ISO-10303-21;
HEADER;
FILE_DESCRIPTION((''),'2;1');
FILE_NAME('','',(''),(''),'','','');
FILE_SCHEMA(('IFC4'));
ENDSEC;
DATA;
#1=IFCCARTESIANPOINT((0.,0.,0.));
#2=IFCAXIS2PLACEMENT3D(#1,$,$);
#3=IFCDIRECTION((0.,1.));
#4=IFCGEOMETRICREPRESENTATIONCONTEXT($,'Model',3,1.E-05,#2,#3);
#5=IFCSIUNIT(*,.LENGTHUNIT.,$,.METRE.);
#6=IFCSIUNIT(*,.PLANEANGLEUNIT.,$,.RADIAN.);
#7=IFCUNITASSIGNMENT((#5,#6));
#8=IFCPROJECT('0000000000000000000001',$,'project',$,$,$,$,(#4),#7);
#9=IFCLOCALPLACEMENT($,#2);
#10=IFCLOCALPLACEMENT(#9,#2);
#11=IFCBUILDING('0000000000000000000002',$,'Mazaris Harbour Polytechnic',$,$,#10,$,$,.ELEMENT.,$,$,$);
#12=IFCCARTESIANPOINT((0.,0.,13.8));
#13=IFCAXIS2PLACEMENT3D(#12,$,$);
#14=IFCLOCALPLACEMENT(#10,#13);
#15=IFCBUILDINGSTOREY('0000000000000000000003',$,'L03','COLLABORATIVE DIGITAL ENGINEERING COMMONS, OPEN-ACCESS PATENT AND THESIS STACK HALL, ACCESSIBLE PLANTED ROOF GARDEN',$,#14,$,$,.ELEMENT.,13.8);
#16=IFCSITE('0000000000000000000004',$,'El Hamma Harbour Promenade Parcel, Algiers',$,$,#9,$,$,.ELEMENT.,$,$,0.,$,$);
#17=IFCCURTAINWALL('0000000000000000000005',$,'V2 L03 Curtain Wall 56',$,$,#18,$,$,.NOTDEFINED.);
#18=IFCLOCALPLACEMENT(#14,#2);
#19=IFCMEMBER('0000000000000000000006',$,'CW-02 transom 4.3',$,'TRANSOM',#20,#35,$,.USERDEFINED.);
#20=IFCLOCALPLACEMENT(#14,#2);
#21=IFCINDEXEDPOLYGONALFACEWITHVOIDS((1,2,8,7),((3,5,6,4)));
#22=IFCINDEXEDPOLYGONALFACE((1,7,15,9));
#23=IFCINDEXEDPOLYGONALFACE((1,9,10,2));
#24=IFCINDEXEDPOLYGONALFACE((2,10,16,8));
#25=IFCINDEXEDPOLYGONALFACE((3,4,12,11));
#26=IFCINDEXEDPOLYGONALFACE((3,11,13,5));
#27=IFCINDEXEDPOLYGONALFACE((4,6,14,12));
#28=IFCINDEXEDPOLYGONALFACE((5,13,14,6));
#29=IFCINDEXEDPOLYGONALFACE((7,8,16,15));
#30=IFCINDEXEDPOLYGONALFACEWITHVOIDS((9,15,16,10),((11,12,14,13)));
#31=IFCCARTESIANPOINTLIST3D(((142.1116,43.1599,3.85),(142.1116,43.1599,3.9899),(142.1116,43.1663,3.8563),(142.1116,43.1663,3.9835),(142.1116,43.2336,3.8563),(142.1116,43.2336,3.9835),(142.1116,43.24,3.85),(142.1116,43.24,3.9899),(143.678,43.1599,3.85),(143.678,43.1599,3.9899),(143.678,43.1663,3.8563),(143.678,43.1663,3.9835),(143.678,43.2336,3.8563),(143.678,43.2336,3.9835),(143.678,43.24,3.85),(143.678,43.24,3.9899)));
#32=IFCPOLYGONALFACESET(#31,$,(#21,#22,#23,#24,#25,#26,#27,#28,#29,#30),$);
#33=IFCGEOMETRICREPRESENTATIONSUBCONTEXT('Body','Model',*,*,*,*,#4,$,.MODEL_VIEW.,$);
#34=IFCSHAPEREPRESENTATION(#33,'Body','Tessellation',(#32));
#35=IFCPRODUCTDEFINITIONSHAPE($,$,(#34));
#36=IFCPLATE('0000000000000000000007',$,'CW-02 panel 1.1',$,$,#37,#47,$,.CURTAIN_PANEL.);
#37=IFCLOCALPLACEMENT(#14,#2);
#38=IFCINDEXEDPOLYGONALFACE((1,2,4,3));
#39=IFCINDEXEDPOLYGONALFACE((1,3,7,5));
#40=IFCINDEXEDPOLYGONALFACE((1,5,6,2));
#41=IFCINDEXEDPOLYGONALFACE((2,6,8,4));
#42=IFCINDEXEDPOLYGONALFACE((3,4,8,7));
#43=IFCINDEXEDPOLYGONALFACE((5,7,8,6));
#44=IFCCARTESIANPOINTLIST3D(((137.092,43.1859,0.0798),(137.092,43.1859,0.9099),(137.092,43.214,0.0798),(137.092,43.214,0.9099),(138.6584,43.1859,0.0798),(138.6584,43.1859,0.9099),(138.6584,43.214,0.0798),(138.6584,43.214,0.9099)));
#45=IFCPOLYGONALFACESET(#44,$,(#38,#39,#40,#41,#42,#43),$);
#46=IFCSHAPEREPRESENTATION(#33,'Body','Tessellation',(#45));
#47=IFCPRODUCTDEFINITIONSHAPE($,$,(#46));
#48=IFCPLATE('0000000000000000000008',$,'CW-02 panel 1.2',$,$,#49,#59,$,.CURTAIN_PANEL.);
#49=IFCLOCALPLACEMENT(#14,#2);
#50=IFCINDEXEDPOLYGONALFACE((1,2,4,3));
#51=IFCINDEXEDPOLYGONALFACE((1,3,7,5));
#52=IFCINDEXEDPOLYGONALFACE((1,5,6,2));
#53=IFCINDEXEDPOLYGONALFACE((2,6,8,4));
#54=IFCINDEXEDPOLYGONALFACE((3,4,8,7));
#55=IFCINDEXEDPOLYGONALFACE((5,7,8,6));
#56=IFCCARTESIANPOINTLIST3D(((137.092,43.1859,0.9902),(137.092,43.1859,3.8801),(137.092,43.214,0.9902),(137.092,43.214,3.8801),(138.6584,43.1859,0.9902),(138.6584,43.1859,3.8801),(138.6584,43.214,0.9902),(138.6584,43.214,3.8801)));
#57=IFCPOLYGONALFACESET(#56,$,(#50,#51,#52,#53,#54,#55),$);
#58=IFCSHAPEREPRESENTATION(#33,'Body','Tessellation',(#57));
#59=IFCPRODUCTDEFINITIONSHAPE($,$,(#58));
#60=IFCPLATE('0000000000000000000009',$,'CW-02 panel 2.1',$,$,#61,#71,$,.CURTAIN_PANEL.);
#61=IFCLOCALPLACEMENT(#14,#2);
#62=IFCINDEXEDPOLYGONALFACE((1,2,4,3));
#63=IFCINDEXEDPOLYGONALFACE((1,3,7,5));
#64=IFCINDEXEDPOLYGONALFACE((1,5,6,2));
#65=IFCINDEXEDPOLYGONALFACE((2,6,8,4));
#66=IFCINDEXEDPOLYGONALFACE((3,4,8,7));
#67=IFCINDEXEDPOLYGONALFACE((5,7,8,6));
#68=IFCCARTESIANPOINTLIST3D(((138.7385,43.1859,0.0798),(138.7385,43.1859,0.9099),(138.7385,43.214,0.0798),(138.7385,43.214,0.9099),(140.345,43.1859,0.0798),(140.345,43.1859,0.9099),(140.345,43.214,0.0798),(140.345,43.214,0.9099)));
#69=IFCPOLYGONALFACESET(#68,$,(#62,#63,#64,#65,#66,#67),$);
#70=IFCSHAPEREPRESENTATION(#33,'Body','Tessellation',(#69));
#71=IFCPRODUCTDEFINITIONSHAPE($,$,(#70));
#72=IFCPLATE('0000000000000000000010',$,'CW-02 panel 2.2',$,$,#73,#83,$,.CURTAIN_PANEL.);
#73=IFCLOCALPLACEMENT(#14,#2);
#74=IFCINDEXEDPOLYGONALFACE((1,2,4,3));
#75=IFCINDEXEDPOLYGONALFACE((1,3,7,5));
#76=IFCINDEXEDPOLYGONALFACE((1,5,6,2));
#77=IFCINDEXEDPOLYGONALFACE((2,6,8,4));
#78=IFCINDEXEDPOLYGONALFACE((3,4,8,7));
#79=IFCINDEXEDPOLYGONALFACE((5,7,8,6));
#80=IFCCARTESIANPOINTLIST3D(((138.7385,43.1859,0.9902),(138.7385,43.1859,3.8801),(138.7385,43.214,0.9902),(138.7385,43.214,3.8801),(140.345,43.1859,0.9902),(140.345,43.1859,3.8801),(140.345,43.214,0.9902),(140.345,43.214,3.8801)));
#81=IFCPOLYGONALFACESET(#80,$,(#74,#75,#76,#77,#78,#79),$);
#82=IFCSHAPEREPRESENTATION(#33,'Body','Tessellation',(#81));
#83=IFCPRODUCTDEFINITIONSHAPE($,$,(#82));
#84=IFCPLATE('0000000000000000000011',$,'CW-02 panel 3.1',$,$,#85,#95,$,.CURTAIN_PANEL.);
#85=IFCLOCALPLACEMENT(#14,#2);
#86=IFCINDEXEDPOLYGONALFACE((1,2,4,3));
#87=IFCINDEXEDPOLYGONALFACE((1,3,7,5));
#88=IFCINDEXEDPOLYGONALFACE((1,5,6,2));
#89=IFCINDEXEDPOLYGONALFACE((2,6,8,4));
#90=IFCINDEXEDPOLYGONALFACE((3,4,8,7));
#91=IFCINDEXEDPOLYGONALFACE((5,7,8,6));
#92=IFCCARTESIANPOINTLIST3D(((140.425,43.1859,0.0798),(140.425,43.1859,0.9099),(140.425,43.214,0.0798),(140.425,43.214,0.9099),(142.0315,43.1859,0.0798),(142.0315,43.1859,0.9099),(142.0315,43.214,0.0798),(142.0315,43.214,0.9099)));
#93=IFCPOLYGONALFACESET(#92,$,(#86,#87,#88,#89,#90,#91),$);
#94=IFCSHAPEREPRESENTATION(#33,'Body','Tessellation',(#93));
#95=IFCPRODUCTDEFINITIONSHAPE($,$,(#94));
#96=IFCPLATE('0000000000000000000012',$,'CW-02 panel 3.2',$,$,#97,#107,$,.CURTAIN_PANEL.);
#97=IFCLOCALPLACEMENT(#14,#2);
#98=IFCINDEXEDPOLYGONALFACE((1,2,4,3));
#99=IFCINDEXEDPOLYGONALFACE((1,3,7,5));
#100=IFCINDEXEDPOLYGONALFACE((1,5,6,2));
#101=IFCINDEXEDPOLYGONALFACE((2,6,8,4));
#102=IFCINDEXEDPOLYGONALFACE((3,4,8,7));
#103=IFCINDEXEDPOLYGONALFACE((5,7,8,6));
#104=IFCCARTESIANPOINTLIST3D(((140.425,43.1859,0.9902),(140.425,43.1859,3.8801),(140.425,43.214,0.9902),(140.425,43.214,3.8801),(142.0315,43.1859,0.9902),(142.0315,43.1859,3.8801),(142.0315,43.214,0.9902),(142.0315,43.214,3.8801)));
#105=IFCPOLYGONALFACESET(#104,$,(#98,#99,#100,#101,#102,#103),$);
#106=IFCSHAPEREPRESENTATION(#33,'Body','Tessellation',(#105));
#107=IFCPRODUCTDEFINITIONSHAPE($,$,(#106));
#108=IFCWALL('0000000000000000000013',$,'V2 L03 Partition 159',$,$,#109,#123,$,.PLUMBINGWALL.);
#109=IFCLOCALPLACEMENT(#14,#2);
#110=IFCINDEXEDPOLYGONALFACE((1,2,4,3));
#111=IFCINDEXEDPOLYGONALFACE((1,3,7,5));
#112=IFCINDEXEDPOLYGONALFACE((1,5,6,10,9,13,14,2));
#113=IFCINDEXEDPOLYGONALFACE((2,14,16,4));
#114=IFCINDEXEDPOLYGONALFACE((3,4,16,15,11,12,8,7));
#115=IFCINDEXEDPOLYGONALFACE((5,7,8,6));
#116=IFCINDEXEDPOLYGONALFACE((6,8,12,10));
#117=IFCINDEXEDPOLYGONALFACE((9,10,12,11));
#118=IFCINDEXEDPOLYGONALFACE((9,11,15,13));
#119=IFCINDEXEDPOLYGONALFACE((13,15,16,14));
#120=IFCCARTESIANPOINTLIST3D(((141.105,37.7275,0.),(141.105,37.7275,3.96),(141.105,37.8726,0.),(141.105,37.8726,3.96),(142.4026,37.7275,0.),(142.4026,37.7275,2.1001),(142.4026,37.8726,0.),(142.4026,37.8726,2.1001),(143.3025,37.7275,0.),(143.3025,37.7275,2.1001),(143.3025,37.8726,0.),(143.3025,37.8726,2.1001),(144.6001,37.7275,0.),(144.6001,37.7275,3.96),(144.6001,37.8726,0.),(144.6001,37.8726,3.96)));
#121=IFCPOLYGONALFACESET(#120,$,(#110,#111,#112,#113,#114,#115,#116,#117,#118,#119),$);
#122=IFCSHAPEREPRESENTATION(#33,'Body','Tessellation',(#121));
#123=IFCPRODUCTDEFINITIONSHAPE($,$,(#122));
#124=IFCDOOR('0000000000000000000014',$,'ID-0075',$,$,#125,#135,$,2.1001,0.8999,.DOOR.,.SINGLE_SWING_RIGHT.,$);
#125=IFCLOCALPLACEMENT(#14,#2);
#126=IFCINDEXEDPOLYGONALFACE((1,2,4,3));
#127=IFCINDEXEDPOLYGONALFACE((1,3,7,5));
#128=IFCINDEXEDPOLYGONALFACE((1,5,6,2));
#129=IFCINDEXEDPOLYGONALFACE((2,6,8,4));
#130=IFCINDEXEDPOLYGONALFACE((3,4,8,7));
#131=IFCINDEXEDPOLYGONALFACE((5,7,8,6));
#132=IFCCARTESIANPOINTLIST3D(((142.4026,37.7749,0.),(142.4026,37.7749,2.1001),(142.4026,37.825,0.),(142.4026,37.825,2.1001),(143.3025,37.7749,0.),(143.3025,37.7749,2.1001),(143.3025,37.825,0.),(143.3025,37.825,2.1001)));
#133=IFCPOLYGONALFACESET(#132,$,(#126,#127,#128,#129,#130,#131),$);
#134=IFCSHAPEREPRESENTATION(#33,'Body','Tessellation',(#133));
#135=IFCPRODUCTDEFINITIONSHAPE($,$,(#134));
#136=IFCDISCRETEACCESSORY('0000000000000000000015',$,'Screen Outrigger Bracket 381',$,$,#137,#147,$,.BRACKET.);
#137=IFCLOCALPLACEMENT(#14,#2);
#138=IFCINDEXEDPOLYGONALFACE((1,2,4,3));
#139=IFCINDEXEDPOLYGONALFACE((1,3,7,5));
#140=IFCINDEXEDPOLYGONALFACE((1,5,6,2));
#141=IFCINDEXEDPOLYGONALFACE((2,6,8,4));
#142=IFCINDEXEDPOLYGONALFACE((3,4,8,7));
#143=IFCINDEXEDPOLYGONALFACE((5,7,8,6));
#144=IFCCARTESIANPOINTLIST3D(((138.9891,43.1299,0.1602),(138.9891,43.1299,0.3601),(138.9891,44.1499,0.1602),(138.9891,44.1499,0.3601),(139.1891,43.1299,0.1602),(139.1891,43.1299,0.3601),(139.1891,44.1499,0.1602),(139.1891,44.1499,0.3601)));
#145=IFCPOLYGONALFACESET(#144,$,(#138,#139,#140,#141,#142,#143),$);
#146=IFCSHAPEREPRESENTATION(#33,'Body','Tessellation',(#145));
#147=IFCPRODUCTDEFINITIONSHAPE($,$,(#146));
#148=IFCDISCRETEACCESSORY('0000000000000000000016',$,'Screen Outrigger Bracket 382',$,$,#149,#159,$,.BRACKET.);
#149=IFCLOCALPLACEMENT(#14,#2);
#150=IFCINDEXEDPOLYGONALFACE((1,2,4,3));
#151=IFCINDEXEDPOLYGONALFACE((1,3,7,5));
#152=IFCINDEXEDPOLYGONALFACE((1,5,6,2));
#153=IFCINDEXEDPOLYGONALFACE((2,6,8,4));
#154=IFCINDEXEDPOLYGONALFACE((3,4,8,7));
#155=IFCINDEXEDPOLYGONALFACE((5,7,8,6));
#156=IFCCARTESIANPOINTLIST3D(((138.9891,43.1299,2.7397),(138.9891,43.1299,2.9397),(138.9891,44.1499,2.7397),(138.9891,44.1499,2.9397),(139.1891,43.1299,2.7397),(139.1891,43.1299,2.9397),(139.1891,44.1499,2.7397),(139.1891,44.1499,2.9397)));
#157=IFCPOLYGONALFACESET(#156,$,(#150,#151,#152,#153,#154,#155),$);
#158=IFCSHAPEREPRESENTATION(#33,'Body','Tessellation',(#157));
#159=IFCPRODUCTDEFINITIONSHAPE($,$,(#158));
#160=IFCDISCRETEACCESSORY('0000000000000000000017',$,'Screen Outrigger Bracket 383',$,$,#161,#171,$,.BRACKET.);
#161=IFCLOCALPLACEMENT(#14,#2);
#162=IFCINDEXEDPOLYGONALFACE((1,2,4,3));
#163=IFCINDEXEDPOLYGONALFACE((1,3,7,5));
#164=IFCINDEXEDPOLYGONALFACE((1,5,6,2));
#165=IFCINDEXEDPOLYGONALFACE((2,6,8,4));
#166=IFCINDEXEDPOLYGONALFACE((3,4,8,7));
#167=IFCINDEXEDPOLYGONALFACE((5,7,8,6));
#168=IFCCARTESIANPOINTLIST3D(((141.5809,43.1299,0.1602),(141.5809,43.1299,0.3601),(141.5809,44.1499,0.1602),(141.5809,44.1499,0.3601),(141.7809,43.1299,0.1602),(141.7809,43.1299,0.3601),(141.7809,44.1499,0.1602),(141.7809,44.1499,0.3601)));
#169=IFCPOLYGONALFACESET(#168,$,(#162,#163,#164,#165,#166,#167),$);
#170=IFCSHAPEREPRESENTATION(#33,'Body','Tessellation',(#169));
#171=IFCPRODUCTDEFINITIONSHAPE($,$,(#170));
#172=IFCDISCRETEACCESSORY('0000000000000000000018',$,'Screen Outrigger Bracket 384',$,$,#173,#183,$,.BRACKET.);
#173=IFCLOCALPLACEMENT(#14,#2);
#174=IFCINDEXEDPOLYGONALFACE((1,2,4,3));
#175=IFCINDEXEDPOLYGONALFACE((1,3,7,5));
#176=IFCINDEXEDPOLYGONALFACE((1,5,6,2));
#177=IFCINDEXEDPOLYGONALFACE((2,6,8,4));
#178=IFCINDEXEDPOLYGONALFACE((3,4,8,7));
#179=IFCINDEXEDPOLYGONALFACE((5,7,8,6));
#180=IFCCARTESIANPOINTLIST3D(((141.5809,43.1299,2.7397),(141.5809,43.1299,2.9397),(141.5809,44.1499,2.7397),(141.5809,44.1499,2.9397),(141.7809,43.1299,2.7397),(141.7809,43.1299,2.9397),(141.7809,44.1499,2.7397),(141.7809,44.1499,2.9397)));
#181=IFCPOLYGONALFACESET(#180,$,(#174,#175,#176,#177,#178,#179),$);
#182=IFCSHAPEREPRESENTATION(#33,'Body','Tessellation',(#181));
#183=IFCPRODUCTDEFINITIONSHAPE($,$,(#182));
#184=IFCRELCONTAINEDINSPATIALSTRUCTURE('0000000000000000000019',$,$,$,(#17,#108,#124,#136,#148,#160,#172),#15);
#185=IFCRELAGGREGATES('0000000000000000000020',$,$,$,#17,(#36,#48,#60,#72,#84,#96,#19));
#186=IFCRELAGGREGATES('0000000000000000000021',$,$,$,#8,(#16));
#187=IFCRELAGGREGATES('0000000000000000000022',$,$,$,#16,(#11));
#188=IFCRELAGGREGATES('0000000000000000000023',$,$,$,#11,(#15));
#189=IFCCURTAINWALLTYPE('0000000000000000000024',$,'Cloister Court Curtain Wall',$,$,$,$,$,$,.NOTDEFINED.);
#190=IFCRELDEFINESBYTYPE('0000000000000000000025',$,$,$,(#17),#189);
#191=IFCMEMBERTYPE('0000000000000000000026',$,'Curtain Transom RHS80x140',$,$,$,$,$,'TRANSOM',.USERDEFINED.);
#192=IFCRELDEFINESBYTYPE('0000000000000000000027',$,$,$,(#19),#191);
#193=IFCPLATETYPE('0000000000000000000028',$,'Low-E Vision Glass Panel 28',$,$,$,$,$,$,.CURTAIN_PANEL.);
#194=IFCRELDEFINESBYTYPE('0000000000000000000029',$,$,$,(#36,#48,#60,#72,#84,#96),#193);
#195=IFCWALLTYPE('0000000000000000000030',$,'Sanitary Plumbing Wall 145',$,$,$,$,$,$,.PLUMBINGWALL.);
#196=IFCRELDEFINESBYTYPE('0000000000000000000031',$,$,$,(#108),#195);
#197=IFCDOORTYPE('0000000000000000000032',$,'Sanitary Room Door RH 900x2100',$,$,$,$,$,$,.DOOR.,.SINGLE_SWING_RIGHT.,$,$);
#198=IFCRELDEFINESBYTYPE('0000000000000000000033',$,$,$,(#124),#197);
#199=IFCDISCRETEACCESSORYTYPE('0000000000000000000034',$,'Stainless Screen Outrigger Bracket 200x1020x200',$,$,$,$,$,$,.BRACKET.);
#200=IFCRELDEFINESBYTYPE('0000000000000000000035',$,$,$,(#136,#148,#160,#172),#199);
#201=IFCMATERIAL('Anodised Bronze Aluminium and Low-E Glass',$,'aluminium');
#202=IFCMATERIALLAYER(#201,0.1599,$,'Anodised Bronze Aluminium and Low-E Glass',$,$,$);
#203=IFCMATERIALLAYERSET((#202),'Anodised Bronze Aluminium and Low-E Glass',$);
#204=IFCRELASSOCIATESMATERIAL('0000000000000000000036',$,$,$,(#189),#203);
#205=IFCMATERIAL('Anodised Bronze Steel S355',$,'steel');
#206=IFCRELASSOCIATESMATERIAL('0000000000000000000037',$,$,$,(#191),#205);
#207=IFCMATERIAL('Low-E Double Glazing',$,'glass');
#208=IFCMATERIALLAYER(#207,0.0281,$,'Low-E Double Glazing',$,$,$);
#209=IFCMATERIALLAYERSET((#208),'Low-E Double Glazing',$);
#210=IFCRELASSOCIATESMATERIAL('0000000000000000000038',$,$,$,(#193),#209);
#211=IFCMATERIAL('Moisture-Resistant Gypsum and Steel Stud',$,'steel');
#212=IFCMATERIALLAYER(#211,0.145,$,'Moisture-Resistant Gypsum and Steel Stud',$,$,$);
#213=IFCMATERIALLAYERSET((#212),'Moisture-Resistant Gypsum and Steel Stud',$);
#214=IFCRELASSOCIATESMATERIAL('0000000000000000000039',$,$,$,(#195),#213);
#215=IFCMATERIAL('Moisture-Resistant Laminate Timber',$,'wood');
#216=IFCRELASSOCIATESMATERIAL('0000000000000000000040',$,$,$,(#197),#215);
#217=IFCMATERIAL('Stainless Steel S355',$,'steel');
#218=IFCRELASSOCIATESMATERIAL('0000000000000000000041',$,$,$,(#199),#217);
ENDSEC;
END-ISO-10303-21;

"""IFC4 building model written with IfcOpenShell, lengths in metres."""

from ifc_helpers import new_model, si_unit, direction, frame, frame_2d, origin, origin_2d, place, context, subcontext, project, spatial, rectangle, hollow_rectangle, extrude, material, layer, layer_set, material_profile, profile_set, type_object, element, fill, aggregate, save


model = new_model("IFC4")

# Units and contexts
model_context = context("Model", 3, precision=1e-05, world=origin(), true_north=direction((0.0, 1.0)))
body_context = subcontext(model_context, "Body", "Model", "MODEL_VIEW")
ifc_project = project(units=[si_unit("LENGTHUNIT", "METRE"), si_unit("PLANEANGLEUNIT", "RADIAN")], contexts=[model_context])

# Site, building, storey
site_placement = place(None, origin())
site = spatial("IfcSite", under=ifc_project, at=site_placement, Name="El Hamma Harbour Promenade Parcel, Algiers", CompositionType="ELEMENT", RefElevation=0.0)
building_placement = place(site_placement, origin())
building = spatial("IfcBuilding", under=site, at=building_placement, Name="Mazaris Harbour Polytechnic", CompositionType="ELEMENT")
storey_placement = place(building_placement, frame((0.0, 0.0, 13.8)))
storey = spatial("IfcBuildingStorey", under=building, at=storey_placement, Name="L03", Description="COLLABORATIVE DIGITAL ENGINEERING COMMONS, OPEN-ACCESS PATENT AND THESIS STACK HALL, ACCESSIBLE PLANTED ROOF GARDEN", CompositionType="ELEMENT", Elevation=13.8)

# Curtain wall, member, plates
ifc_material_1 = material(Name="Anodised Bronze Aluminium and Low-E Glass", Category="aluminium")
ifc_layer_1 = layer(ifc_material_1, 0.1599, Name="Anodised Bronze Aluminium and Low-E Glass")
ifc_layer_set_1 = layer_set([ifc_layer_1], Name="Anodised Bronze Aluminium and Low-E Glass")
curtain_wall_type = type_object("IfcCurtainWallType", Name="Cloister Court Curtain Wall", PredefinedType="NOTDEFINED", material=ifc_layer_set_1)
curtain_wall_placement = place(storey_placement, origin())
curtain_wall = element("IfcCurtainWall", 1, at=curtain_wall_placement, inside=storey, type_object=curtain_wall_type, Name="V2 L03 Curtain Wall 56", PredefinedType="NOTDEFINED")
ifc_material_2 = material(Name="Anodised Bronze Steel S355", Category="steel")
ifc_material_profile_1 = material_profile(ifc_material_2, hollow_rectangle(XDim=0.0801, YDim=0.1399, WallThickness=0.0063, at=origin_2d()), Name="RHS 80x140x6.3")
ifc_profile_set_1 = profile_set([ifc_material_profile_1], Name="Anodised Bronze Steel S355")
member_type_1 = type_object("IfcMemberType", Name="Curtain Transom RHS80x140", ElementType="TRANSOM", PredefinedType="USERDEFINED", material=ifc_profile_set_1)
member_1_placement = place(storey_placement, frame((142.1116, 43.2, 3.9199), z_axis=(1.0, 0.0, 0.0), x_axis=(0.0, 1.0, 0.0)))
member_1 = element("IfcMember", 2, at=member_1_placement, type_object=member_type_1, Name="CW-02 transom 4.3", ObjectType="TRANSOM", PredefinedType="USERDEFINED", context=body_context, shape_type="SweptSolid", body=[
    extrude(hollow_rectangle(XDim=0.0801, YDim=0.1399, WallThickness=0.0063, at=origin_2d()), origin(), (0.0, 0.0, 1.0), 1.5664),
])
ifc_material_3 = material(Name="Low-E Double Glazing", Category="glass")
ifc_layer_2 = layer(ifc_material_3, 0.0281, Name="Low-E Double Glazing")
ifc_layer_set_2 = layer_set([ifc_layer_2], Name="Low-E Double Glazing")
plate_type = type_object("IfcPlateType", Name="Low-E Vision Glass Panel 28", PredefinedType="CURTAIN_PANEL", material=ifc_layer_set_2)
plate_1_placement = place(storey_placement, frame((137.8752, 43.2, 0.0798), z_axis=(0.0, 0.0, 1.0), x_axis=(1.0, 0.0, 0.0)))
plate_1 = element("IfcPlate", 3, at=plate_1_placement, type_object=plate_type, Name="CW-02 panel 1.1", PredefinedType="CURTAIN_PANEL", context=body_context, shape_type="SweptSolid", body=[
    extrude(rectangle(XDim=1.5664, YDim=0.0281, at=origin_2d()), origin(), (0.0, 0.0, 1.0), 0.8301),
])
plate_2_placement = place(storey_placement, frame((137.8752, 43.2, 0.9902), z_axis=(0.0, 0.0, 1.0), x_axis=(1.0, 0.0, 0.0)))
plate_2 = element("IfcPlate", 4, at=plate_2_placement, type_object=plate_type, Name="CW-02 panel 1.2", PredefinedType="CURTAIN_PANEL", context=body_context, shape_type="SweptSolid", body=[
    extrude(rectangle(XDim=1.5664, YDim=0.0281, at=origin_2d()), origin(), (0.0, 0.0, 1.0), 2.8899),
])
plate_3_placement = place(storey_placement, frame((139.5417, 43.2, 0.0798), z_axis=(0.0, 0.0, 1.0), x_axis=(1.0, 0.0, 0.0)))
plate_3 = element("IfcPlate", 5, at=plate_3_placement, type_object=plate_type, Name="CW-02 panel 2.1", PredefinedType="CURTAIN_PANEL", context=body_context, shape_type="SweptSolid", body=[
    extrude(rectangle(XDim=1.6064, YDim=0.0281, at=origin_2d()), origin(), (0.0, 0.0, 1.0), 0.8301),
])
plate_4_placement = place(storey_placement, frame((139.5417, 43.2, 0.9902), z_axis=(0.0, 0.0, 1.0), x_axis=(1.0, 0.0, 0.0)))
plate_4 = element("IfcPlate", 6, at=plate_4_placement, type_object=plate_type, Name="CW-02 panel 2.2", PredefinedType="CURTAIN_PANEL", context=body_context, shape_type="SweptSolid", body=[
    extrude(rectangle(XDim=1.6064, YDim=0.0281, at=origin_2d()), origin(), (0.0, 0.0, 1.0), 2.8899),
])
plate_5_placement = place(storey_placement, frame((141.2283, 43.2, 0.0798), z_axis=(0.0, 0.0, 1.0), x_axis=(1.0, 0.0, 0.0)))
plate_5 = element("IfcPlate", 7, at=plate_5_placement, type_object=plate_type, Name="CW-02 panel 3.1", PredefinedType="CURTAIN_PANEL", context=body_context, shape_type="SweptSolid", body=[
    extrude(rectangle(XDim=1.6064, YDim=0.0281, at=origin_2d()), origin(), (0.0, 0.0, 1.0), 0.8301),
])
plate_6_placement = place(storey_placement, frame((141.2283, 43.2, 0.9902), z_axis=(0.0, 0.0, 1.0), x_axis=(1.0, 0.0, 0.0)))
plate_6 = element("IfcPlate", 8, at=plate_6_placement, type_object=plate_type, Name="CW-02 panel 3.2", PredefinedType="CURTAIN_PANEL", context=body_context, shape_type="SweptSolid", body=[
    extrude(rectangle(XDim=1.6064, YDim=0.0281, at=origin_2d()), origin(), (0.0, 0.0, 1.0), 2.8899),
])
aggregate(curtain_wall, [plate_1, plate_2, plate_3, plate_4, plate_5, plate_6, member_1])

# Wall, opening, door
ifc_material_4 = material(Name="Moisture-Resistant Gypsum and Steel Stud", Category="steel")
ifc_layer_3 = layer(ifc_material_4, 0.145, Name="Moisture-Resistant Gypsum and Steel Stud")
ifc_layer_set_3 = layer_set([ifc_layer_3], Name="Moisture-Resistant Gypsum and Steel Stud")
wall_type = type_object("IfcWallType", Name="Sanitary Plumbing Wall 145", PredefinedType="PLUMBINGWALL", material=ifc_layer_set_3)
wall_placement = place(storey_placement, frame((141.105, 37.8, 0.0), z_axis=(0.0, 0.0, 1.0), x_axis=(1.0, 0.0, 0.0)))
wall = element("IfcWall", 9, at=wall_placement, inside=storey, type_object=wall_type, Name="V2 L03 Partition 159", PredefinedType="PLUMBINGWALL", context=body_context, shape_type="SweptSolid", body=[
    extrude(rectangle(XDim=3.4951, YDim=0.145, at=frame_2d((1.7476, 0.0))), origin(), (0.0, 0.0, 1.0), 3.96),
])
opening_placement = place(wall_placement, frame((1.2976, 0.0, 0.0)))
opening = element("IfcOpeningElement", 10, at=opening_placement, cuts=wall, PredefinedType="OPENING", context=body_context, shape_type="SweptSolid", body=[
    extrude(rectangle(XDim=0.8999, YDim=2.1001, at=frame_2d((0.45, 1.05))), frame((0.0, 0.0825, 0.0), z_axis=(0.0, -1.0, 0.0), x_axis=(1.0, 0.0, 0.0)), (0.0, 0.0, 1.0), 0.165),
])
ifc_material_5 = material(Name="Moisture-Resistant Laminate Timber", Category="wood")
door_type = type_object("IfcDoorType", Name="Sanitary Room Door RH 900x2100", OperationType="SINGLE_SWING_RIGHT", PredefinedType="DOOR", material=ifc_material_5)
door_placement = place(opening_placement, origin())
door = element("IfcDoor", 11, at=door_placement, inside=storey, type_object=door_type, Name="ID-0075", OperationType="SINGLE_SWING_RIGHT", OverallHeight=2.1001, OverallWidth=0.8999, PredefinedType="DOOR", context=body_context, shape_type="SweptSolid", body=[
    extrude(rectangle(XDim=0.8999, YDim=2.1001, at=frame_2d((0.45, 1.05))), frame((0.0, 0.0249, 0.0), z_axis=(0.0, -1.0, 0.0), x_axis=(1.0, 0.0, 0.0)), (0.0, 0.0, 1.0), 0.05),
])
fill(opening, door)

# Discrete accessories
ifc_material_6 = material(Name="Stainless Steel S355", Category="steel")
discrete_accessory_type = type_object("IfcDiscreteAccessoryType", Name="Stainless Screen Outrigger Bracket 200x1020x200", PredefinedType="BRACKET", material=ifc_material_6)
for number, where, z_axis, x_axis, name in (
    (12, (139.0891, 43.6399, 0.1602), (0.0, 0.0, 1.0), (1.0, 0.0, 0.0), "Screen Outrigger Bracket 381"),
    (13, (139.0891, 43.6399, 2.7397), (0.0, 0.0, 1.0), (1.0, 0.0, 0.0), "Screen Outrigger Bracket 382"),
    (14, (141.6809, 43.6399, 0.1602), (0.0, 0.0, 1.0), (1.0, 0.0, 0.0), "Screen Outrigger Bracket 383"),
    (15, (141.6809, 43.6399, 2.7397), (0.0, 0.0, 1.0), (1.0, 0.0, 0.0), "Screen Outrigger Bracket 384"),
):
    element("IfcDiscreteAccessory", number, at=place(storey_placement, frame(where, z_axis=z_axis, x_axis=x_axis)), inside=storey, type_object=discrete_accessory_type, Name=name, PredefinedType="BRACKET", context=body_context, shape_type="SweptSolid", body=[
        extrude(rectangle(XDim=0.2, YDim=1.02, at=origin_2d()), origin(), (0.0, 0.0, 1.0), 0.2),
    ])

save(model, "model.ifc")
